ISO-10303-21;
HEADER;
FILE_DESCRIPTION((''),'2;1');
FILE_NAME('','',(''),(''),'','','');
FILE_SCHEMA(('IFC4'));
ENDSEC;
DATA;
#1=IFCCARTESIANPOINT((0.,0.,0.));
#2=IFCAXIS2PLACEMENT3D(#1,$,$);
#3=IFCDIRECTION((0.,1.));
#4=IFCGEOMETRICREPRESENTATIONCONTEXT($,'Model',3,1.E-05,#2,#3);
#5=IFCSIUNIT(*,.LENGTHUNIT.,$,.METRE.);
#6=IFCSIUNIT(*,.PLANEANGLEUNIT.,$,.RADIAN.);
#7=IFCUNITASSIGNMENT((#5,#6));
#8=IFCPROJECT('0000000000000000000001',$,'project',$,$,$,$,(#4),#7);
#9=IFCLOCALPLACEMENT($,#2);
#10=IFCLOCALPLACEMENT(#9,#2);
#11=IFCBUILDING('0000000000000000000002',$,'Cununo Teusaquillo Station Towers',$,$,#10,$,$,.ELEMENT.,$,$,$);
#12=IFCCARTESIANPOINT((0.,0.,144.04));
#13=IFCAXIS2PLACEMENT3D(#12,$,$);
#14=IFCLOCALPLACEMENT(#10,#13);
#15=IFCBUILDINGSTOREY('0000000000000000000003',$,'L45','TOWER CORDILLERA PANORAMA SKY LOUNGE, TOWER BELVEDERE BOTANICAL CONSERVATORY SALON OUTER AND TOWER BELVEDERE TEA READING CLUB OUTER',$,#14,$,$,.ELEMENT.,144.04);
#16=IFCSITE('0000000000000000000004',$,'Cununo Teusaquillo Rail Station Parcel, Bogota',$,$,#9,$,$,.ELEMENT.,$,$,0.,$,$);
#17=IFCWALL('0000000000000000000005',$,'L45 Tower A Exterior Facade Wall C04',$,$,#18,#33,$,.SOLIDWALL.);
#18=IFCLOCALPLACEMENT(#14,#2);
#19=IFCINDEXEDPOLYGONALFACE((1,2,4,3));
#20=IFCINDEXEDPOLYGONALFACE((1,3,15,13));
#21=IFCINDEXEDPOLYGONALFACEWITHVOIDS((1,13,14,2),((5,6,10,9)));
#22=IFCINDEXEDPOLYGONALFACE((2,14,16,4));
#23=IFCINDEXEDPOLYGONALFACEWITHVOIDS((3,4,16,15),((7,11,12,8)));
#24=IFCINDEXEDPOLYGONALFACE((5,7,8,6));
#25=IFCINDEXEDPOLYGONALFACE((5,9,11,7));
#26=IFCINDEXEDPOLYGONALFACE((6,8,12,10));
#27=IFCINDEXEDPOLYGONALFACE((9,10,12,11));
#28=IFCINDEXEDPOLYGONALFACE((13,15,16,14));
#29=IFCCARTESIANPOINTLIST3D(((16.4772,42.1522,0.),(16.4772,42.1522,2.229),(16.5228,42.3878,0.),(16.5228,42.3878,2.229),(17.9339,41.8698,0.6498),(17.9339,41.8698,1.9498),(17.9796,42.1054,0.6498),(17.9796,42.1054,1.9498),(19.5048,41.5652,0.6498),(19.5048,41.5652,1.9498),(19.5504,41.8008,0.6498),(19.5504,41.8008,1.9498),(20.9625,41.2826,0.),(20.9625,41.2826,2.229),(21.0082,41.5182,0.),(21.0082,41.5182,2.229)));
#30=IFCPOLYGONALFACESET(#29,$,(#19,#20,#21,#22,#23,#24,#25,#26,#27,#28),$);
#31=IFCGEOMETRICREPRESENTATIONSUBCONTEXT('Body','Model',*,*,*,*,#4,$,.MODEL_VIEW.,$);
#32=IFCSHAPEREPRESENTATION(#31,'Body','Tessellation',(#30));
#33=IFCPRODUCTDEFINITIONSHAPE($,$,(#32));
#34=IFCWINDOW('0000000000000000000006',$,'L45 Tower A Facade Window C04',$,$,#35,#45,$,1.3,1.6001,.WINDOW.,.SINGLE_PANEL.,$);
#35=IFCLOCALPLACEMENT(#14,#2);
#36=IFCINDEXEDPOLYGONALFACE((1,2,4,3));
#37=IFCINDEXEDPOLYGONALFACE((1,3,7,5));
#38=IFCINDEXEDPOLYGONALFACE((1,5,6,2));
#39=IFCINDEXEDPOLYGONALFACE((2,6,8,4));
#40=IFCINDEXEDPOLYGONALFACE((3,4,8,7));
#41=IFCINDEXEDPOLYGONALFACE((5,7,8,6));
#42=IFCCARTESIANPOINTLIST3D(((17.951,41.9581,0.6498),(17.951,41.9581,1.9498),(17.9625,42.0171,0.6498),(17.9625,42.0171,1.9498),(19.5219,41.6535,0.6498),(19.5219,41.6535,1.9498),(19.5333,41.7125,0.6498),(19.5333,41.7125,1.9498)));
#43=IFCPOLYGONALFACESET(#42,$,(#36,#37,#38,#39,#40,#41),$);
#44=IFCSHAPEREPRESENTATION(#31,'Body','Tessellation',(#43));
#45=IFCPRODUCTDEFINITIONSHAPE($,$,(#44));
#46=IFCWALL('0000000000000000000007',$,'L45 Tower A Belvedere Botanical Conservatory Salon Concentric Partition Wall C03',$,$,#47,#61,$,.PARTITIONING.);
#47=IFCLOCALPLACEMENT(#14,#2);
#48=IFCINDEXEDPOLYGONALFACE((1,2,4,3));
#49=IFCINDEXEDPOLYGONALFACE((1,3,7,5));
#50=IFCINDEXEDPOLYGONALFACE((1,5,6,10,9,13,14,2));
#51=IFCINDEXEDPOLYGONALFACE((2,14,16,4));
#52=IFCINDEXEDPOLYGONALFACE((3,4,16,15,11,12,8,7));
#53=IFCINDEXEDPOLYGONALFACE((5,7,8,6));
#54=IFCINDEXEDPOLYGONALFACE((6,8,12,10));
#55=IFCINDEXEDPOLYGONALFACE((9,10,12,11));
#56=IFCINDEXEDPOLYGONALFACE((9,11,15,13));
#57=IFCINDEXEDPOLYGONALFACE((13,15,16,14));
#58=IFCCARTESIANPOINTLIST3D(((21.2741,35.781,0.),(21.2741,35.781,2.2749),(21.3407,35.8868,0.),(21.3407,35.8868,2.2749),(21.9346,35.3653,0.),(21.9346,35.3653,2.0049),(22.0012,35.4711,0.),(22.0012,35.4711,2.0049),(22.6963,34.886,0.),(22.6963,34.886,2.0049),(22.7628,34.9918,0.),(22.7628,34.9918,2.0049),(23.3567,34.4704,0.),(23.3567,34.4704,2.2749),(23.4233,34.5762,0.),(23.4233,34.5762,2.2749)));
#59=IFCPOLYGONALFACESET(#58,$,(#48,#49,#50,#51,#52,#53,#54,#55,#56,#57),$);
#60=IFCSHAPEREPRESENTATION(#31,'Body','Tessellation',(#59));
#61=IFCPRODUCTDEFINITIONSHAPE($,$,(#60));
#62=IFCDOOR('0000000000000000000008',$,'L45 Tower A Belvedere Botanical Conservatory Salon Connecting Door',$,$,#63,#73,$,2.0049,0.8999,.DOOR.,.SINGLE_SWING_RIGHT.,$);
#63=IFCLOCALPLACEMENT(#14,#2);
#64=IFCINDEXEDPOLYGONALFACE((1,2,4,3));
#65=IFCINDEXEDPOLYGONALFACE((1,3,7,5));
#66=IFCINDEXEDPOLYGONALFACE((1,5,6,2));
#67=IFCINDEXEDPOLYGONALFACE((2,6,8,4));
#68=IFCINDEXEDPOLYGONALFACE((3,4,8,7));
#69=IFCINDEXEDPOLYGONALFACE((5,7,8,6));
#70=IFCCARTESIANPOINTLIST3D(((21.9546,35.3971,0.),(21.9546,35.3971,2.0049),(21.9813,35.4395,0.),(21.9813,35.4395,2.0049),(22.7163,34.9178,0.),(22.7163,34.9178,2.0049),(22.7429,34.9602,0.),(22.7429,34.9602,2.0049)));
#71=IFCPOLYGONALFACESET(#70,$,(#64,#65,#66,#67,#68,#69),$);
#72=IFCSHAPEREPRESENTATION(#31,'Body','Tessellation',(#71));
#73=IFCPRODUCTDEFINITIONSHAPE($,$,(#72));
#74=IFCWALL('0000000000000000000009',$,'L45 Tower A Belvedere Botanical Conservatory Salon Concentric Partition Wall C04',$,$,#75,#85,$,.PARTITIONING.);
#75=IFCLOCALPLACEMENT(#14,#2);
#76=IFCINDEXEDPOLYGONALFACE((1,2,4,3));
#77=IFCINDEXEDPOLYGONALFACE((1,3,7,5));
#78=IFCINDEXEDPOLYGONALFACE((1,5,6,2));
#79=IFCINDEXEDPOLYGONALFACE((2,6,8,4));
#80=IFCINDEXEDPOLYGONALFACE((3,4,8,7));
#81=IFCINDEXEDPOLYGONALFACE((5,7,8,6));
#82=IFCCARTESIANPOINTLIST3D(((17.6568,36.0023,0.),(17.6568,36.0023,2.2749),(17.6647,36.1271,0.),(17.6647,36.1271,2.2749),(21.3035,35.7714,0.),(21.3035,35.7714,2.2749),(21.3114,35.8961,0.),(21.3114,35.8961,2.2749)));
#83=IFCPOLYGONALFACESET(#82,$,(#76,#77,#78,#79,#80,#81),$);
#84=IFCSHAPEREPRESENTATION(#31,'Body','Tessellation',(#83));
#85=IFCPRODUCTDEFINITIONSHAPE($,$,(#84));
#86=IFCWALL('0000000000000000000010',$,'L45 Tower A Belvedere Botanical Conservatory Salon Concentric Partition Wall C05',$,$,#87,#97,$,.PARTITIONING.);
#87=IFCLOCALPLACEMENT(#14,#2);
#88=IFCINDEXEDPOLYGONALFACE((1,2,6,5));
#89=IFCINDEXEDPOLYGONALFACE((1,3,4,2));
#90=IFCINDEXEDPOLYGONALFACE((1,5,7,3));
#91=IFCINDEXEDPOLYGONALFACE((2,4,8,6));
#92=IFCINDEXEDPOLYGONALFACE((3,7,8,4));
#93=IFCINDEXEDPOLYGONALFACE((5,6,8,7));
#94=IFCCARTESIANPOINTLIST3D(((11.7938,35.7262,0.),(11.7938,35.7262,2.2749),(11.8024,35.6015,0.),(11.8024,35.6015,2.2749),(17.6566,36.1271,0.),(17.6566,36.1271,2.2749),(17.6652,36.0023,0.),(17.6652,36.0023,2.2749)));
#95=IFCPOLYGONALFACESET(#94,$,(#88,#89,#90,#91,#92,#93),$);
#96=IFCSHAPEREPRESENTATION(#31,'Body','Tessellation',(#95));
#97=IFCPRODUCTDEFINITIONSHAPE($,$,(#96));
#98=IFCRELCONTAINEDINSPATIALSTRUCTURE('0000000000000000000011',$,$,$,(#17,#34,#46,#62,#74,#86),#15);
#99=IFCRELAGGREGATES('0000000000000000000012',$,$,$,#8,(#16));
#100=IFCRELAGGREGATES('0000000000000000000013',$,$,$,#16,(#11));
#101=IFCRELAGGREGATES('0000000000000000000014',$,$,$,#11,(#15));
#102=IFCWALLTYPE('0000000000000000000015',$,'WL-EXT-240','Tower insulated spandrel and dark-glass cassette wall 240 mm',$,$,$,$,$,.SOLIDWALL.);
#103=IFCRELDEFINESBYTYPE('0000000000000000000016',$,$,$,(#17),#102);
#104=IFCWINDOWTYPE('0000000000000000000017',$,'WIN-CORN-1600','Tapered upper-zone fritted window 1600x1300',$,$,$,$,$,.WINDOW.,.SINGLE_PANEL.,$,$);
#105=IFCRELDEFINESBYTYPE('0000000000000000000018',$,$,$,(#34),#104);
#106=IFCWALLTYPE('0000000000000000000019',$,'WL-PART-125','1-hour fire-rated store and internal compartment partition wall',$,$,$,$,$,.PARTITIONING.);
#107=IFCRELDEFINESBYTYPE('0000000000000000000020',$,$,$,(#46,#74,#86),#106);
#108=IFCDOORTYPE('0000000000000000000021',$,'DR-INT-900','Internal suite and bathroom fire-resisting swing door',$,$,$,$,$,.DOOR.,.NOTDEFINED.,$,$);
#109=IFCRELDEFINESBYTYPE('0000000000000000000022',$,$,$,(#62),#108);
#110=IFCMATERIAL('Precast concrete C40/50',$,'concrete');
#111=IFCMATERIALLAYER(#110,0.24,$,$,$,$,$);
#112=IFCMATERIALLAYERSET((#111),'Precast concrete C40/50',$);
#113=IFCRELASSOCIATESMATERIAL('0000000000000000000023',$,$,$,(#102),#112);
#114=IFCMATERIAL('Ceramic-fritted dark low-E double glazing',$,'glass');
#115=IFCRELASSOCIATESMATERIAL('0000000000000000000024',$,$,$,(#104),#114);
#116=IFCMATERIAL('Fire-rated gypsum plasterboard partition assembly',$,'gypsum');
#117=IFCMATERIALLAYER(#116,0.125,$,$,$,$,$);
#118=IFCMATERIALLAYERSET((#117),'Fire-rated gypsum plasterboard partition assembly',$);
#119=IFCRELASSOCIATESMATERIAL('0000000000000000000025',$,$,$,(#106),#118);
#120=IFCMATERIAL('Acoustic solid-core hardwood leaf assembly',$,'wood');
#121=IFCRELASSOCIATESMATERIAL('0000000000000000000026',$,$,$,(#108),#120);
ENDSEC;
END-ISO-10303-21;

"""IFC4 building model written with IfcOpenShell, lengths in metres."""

from ifc_helpers import new_model, si_unit, direction, frame, frame_2d, origin, place, context, subcontext, project, spatial, rectangle, extrude, source, transform, mapped, material, layer, layer_set, type_object, element, fill, save


model = new_model("IFC4")

# Units and contexts
model_context = context("Model", 3, precision=1e-05, world=origin(), true_north=direction((0.0, 1.0)))
body_context = subcontext(model_context, "Body", "Model", "MODEL_VIEW")
ifc_project = project(units=[si_unit("LENGTHUNIT", "METRE"), si_unit("PLANEANGLEUNIT", "RADIAN")], contexts=[model_context])

# Site, building, storey
site_placement = place(None, origin())
site = spatial("IfcSite", under=ifc_project, at=site_placement, Name="Cununo Teusaquillo Rail Station Parcel, Bogota", CompositionType="ELEMENT", RefElevation=0.0)
building_placement = place(site_placement, origin())
building = spatial("IfcBuilding", under=site, at=building_placement, Name="Cununo Teusaquillo Station Towers", CompositionType="ELEMENT")
storey_placement = place(building_placement, frame((0.0, 0.0, 144.04)))
storey = spatial("IfcBuildingStorey", under=building, at=storey_placement, Name="L45", Description="TOWER CORDILLERA PANORAMA SKY LOUNGE, TOWER BELVEDERE BOTANICAL CONSERVATORY SALON OUTER AND TOWER BELVEDERE TEA READING CLUB OUTER", CompositionType="ELEMENT", Elevation=144.04)

# Shared definitions
ifc_material_1 = material(Name="Precast concrete C40/50", Category="concrete")
ifc_layer_1 = layer(ifc_material_1, 0.24)
ifc_layer_set_1 = layer_set([ifc_layer_1], Name="Precast concrete C40/50")
wall_type_1 = type_object("IfcWallType", Name="WL-EXT-240", Description="Tower insulated spandrel and dark-glass cassette wall 240 mm", PredefinedType="SOLIDWALL", material=ifc_layer_set_1)

# Wall, opening, window
wall_1_placement = place(storey_placement, frame((16.5, 42.27, 0.0), z_axis=(0.0, 0.0, 1.0), x_axis=(0.981719, -0.190338, 0.0)))
wall_1 = element("IfcWall", 1, at=wall_1_placement, inside=storey, type_object=wall_type_1, Name="L45 Tower A Exterior Facade Wall C04", PredefinedType="SOLIDWALL", context=body_context, shape_type="SweptSolid", body=[
    extrude(rectangle(XDim=4.5688, YDim=0.24, at=frame_2d((2.2844, 0.0))), origin(), (0.0, 0.0, 1.0), 2.229),
])
shared_shape_1 = source(origin(), body_context, "Body", "SweptSolid", [
    extrude(rectangle(XDim=1.6001, YDim=1.3, at=frame_2d((0.8, 0.6499))), frame((0.0, 0.1299, 0.0), z_axis=(0.0, -1.0, 0.0), x_axis=(1.0, 0.0, 0.0)), (0.0, 0.0, 1.0), 0.26),
])
opening_1_placement = place(wall_1_placement, frame((1.4839, 0.0, 0.6499)))
opening_1 = element("IfcOpeningElement", 2, at=opening_1_placement, cuts=wall_1, PredefinedType="OPENING", context=body_context, shape_type="MappedRepresentation", body=[
    mapped(shared_shape_1, transform((0.0, 0.0, 0.0), x_axis=(1.0, 0.0, 0.0), y_axis=(0.0, 1.0, 0.0), z_axis=(0.0, 0.0, 1.0), scale=1.0)),
])
ifc_material_2 = material(Name="Ceramic-fritted dark low-E double glazing", Category="glass")
window_type = type_object("IfcWindowType", Name="WIN-CORN-1600", Description="Tapered upper-zone fritted window 1600x1300", PartitioningType="SINGLE_PANEL", PredefinedType="WINDOW", material=ifc_material_2)
shared_shape_2 = source(origin(), body_context, "Body", "SweptSolid", [
    extrude(rectangle(XDim=1.6001, YDim=1.3, at=frame_2d((0.8, 0.6499))), frame((0.0, 0.03, 0.0), z_axis=(0.0, -1.0, 0.0), x_axis=(1.0, 0.0, 0.0)), (0.0, 0.0, 1.0), 0.0601),
])
window_placement = place(opening_1_placement, origin())
window = element("IfcWindow", 3, at=window_placement, inside=storey, type_object=window_type, Name="L45 Tower A Facade Window C04", OverallHeight=1.3, OverallWidth=1.6001, PartitioningType="SINGLE_PANEL", PredefinedType="WINDOW", context=body_context, shape_type="MappedRepresentation", body=[
    mapped(shared_shape_2, transform((0.0, 0.0, 0.0), x_axis=(1.0, 0.0, 0.0), y_axis=(0.0, 1.0, 0.0), z_axis=(0.0, 0.0, 1.0), scale=1.0)),
])
fill(opening_1, window)

# Wall, opening, door
ifc_material_3 = material(Name="Fire-rated gypsum plasterboard partition assembly", Category="gypsum")
ifc_layer_2 = layer(ifc_material_3, 0.125)
ifc_layer_set_2 = layer_set([ifc_layer_2], Name="Fire-rated gypsum plasterboard partition assembly")
wall_type_2 = type_object("IfcWallType", Name="WL-PART-125", Description="1-hour fire-rated store and internal compartment partition wall", PredefinedType="PARTITIONING", material=ifc_layer_set_2)
wall_2_placement = place(storey_placement, frame((23.3901, 34.5232, 0.0), z_axis=(0.0, 0.0, 1.0), x_axis=(-0.846355, 0.532619, 0.0)))
wall_2 = element("IfcWall", 4, at=wall_2_placement, inside=storey, type_object=wall_type_2, Name="L45 Tower A Belvedere Botanical Conservatory Salon Concentric Partition Wall C03", PredefinedType="PARTITIONING", context=body_context, shape_type="SweptSolid", body=[
    extrude(rectangle(XDim=2.4607, YDim=0.125, at=frame_2d((1.2305, 0.0))), origin(), (0.0, 0.0, 1.0), 2.2749),
])
shared_shape_3 = source(origin(), body_context, "Body", "SweptSolid", [
    extrude(rectangle(XDim=0.8999, YDim=2.0049, at=frame_2d((0.45, 1.0024))), frame((0.0, 0.0725, 0.0), z_axis=(0.0, -1.0, 0.0), x_axis=(1.0, 0.0, 0.0)), (0.0, 0.0, 1.0), 0.145),
])
opening_2_placement = place(wall_2_placement, frame((0.7805, 0.0, 0.0)))
opening_2 = element("IfcOpeningElement", 5, at=opening_2_placement, cuts=wall_2, PredefinedType="OPENING", context=body_context, shape_type="MappedRepresentation", body=[
    mapped(shared_shape_3, transform((0.0, 0.0, 0.0), x_axis=(1.0, 0.0, 0.0), y_axis=(0.0, 1.0, 0.0), z_axis=(0.0, 0.0, 1.0), scale=1.0)),
])
ifc_material_4 = material(Name="Acoustic solid-core hardwood leaf assembly", Category="wood")
door_type = type_object("IfcDoorType", Name="DR-INT-900", Description="Internal suite and bathroom fire-resisting swing door", OperationType="NOTDEFINED", PredefinedType="DOOR", material=ifc_material_4)
shared_shape_4 = source(origin(), body_context, "Body", "SweptSolid", [
    extrude(rectangle(XDim=0.8999, YDim=2.0049, at=frame_2d((0.45, 1.0024))), frame((0.0, 0.0249, 0.0), z_axis=(0.0, -1.0, 0.0), x_axis=(1.0, 0.0, 0.0)), (0.0, 0.0, 1.0), 0.05),
])
door_placement = place(opening_2_placement, origin())
door = element("IfcDoor", 6, at=door_placement, inside=storey, type_object=door_type, Name="L45 Tower A Belvedere Botanical Conservatory Salon Connecting Door", OperationType="SINGLE_SWING_RIGHT", OverallHeight=2.0049, OverallWidth=0.8999, PredefinedType="DOOR", context=body_context, shape_type="MappedRepresentation", body=[
    mapped(shared_shape_4, transform((0.0, 0.0, 0.0), x_axis=(1.0, 0.0, 0.0), y_axis=(0.0, 1.0, 0.0), z_axis=(0.0, 0.0, 1.0), scale=1.0)),
])
fill(opening_2, door)

# Walls
wall_3_placement = place(storey_placement, frame((21.3076, 35.8337, 0.0), z_axis=(0.0, 0.0, 1.0), x_axis=(-0.998, 0.063206, 0.0)))
element("IfcWall", 7, at=wall_3_placement, inside=storey, type_object=wall_type_2, Name="L45 Tower A Belvedere Botanical Conservatory Salon Concentric Partition Wall C04", PredefinedType="PARTITIONING", context=body_context, shape_type="SweptSolid", body=[
    extrude(rectangle(XDim=3.6541, YDim=0.125, at=frame_2d((1.8271, 0.0))), origin(), (0.0, 0.0, 1.0), 2.2749),
])
wall_4_placement = place(storey_placement, frame((17.6609, 36.0647, 0.0), z_axis=(0.0, 0.0, 1.0), x_axis=(-0.99767, -0.068217, 0.0)))
element("IfcWall", 8, at=wall_4_placement, inside=storey, type_object=wall_type_2, Name="L45 Tower A Belvedere Botanical Conservatory Salon Concentric Partition Wall C05", PredefinedType="PARTITIONING", context=body_context, shape_type="SweptSolid", body=[
    extrude(rectangle(XDim=5.8765, YDim=0.125, at=frame_2d((2.9382, 0.0))), origin(), (0.0, 0.0, 1.0), 2.2749),
])

save(model, "model.ifc")
